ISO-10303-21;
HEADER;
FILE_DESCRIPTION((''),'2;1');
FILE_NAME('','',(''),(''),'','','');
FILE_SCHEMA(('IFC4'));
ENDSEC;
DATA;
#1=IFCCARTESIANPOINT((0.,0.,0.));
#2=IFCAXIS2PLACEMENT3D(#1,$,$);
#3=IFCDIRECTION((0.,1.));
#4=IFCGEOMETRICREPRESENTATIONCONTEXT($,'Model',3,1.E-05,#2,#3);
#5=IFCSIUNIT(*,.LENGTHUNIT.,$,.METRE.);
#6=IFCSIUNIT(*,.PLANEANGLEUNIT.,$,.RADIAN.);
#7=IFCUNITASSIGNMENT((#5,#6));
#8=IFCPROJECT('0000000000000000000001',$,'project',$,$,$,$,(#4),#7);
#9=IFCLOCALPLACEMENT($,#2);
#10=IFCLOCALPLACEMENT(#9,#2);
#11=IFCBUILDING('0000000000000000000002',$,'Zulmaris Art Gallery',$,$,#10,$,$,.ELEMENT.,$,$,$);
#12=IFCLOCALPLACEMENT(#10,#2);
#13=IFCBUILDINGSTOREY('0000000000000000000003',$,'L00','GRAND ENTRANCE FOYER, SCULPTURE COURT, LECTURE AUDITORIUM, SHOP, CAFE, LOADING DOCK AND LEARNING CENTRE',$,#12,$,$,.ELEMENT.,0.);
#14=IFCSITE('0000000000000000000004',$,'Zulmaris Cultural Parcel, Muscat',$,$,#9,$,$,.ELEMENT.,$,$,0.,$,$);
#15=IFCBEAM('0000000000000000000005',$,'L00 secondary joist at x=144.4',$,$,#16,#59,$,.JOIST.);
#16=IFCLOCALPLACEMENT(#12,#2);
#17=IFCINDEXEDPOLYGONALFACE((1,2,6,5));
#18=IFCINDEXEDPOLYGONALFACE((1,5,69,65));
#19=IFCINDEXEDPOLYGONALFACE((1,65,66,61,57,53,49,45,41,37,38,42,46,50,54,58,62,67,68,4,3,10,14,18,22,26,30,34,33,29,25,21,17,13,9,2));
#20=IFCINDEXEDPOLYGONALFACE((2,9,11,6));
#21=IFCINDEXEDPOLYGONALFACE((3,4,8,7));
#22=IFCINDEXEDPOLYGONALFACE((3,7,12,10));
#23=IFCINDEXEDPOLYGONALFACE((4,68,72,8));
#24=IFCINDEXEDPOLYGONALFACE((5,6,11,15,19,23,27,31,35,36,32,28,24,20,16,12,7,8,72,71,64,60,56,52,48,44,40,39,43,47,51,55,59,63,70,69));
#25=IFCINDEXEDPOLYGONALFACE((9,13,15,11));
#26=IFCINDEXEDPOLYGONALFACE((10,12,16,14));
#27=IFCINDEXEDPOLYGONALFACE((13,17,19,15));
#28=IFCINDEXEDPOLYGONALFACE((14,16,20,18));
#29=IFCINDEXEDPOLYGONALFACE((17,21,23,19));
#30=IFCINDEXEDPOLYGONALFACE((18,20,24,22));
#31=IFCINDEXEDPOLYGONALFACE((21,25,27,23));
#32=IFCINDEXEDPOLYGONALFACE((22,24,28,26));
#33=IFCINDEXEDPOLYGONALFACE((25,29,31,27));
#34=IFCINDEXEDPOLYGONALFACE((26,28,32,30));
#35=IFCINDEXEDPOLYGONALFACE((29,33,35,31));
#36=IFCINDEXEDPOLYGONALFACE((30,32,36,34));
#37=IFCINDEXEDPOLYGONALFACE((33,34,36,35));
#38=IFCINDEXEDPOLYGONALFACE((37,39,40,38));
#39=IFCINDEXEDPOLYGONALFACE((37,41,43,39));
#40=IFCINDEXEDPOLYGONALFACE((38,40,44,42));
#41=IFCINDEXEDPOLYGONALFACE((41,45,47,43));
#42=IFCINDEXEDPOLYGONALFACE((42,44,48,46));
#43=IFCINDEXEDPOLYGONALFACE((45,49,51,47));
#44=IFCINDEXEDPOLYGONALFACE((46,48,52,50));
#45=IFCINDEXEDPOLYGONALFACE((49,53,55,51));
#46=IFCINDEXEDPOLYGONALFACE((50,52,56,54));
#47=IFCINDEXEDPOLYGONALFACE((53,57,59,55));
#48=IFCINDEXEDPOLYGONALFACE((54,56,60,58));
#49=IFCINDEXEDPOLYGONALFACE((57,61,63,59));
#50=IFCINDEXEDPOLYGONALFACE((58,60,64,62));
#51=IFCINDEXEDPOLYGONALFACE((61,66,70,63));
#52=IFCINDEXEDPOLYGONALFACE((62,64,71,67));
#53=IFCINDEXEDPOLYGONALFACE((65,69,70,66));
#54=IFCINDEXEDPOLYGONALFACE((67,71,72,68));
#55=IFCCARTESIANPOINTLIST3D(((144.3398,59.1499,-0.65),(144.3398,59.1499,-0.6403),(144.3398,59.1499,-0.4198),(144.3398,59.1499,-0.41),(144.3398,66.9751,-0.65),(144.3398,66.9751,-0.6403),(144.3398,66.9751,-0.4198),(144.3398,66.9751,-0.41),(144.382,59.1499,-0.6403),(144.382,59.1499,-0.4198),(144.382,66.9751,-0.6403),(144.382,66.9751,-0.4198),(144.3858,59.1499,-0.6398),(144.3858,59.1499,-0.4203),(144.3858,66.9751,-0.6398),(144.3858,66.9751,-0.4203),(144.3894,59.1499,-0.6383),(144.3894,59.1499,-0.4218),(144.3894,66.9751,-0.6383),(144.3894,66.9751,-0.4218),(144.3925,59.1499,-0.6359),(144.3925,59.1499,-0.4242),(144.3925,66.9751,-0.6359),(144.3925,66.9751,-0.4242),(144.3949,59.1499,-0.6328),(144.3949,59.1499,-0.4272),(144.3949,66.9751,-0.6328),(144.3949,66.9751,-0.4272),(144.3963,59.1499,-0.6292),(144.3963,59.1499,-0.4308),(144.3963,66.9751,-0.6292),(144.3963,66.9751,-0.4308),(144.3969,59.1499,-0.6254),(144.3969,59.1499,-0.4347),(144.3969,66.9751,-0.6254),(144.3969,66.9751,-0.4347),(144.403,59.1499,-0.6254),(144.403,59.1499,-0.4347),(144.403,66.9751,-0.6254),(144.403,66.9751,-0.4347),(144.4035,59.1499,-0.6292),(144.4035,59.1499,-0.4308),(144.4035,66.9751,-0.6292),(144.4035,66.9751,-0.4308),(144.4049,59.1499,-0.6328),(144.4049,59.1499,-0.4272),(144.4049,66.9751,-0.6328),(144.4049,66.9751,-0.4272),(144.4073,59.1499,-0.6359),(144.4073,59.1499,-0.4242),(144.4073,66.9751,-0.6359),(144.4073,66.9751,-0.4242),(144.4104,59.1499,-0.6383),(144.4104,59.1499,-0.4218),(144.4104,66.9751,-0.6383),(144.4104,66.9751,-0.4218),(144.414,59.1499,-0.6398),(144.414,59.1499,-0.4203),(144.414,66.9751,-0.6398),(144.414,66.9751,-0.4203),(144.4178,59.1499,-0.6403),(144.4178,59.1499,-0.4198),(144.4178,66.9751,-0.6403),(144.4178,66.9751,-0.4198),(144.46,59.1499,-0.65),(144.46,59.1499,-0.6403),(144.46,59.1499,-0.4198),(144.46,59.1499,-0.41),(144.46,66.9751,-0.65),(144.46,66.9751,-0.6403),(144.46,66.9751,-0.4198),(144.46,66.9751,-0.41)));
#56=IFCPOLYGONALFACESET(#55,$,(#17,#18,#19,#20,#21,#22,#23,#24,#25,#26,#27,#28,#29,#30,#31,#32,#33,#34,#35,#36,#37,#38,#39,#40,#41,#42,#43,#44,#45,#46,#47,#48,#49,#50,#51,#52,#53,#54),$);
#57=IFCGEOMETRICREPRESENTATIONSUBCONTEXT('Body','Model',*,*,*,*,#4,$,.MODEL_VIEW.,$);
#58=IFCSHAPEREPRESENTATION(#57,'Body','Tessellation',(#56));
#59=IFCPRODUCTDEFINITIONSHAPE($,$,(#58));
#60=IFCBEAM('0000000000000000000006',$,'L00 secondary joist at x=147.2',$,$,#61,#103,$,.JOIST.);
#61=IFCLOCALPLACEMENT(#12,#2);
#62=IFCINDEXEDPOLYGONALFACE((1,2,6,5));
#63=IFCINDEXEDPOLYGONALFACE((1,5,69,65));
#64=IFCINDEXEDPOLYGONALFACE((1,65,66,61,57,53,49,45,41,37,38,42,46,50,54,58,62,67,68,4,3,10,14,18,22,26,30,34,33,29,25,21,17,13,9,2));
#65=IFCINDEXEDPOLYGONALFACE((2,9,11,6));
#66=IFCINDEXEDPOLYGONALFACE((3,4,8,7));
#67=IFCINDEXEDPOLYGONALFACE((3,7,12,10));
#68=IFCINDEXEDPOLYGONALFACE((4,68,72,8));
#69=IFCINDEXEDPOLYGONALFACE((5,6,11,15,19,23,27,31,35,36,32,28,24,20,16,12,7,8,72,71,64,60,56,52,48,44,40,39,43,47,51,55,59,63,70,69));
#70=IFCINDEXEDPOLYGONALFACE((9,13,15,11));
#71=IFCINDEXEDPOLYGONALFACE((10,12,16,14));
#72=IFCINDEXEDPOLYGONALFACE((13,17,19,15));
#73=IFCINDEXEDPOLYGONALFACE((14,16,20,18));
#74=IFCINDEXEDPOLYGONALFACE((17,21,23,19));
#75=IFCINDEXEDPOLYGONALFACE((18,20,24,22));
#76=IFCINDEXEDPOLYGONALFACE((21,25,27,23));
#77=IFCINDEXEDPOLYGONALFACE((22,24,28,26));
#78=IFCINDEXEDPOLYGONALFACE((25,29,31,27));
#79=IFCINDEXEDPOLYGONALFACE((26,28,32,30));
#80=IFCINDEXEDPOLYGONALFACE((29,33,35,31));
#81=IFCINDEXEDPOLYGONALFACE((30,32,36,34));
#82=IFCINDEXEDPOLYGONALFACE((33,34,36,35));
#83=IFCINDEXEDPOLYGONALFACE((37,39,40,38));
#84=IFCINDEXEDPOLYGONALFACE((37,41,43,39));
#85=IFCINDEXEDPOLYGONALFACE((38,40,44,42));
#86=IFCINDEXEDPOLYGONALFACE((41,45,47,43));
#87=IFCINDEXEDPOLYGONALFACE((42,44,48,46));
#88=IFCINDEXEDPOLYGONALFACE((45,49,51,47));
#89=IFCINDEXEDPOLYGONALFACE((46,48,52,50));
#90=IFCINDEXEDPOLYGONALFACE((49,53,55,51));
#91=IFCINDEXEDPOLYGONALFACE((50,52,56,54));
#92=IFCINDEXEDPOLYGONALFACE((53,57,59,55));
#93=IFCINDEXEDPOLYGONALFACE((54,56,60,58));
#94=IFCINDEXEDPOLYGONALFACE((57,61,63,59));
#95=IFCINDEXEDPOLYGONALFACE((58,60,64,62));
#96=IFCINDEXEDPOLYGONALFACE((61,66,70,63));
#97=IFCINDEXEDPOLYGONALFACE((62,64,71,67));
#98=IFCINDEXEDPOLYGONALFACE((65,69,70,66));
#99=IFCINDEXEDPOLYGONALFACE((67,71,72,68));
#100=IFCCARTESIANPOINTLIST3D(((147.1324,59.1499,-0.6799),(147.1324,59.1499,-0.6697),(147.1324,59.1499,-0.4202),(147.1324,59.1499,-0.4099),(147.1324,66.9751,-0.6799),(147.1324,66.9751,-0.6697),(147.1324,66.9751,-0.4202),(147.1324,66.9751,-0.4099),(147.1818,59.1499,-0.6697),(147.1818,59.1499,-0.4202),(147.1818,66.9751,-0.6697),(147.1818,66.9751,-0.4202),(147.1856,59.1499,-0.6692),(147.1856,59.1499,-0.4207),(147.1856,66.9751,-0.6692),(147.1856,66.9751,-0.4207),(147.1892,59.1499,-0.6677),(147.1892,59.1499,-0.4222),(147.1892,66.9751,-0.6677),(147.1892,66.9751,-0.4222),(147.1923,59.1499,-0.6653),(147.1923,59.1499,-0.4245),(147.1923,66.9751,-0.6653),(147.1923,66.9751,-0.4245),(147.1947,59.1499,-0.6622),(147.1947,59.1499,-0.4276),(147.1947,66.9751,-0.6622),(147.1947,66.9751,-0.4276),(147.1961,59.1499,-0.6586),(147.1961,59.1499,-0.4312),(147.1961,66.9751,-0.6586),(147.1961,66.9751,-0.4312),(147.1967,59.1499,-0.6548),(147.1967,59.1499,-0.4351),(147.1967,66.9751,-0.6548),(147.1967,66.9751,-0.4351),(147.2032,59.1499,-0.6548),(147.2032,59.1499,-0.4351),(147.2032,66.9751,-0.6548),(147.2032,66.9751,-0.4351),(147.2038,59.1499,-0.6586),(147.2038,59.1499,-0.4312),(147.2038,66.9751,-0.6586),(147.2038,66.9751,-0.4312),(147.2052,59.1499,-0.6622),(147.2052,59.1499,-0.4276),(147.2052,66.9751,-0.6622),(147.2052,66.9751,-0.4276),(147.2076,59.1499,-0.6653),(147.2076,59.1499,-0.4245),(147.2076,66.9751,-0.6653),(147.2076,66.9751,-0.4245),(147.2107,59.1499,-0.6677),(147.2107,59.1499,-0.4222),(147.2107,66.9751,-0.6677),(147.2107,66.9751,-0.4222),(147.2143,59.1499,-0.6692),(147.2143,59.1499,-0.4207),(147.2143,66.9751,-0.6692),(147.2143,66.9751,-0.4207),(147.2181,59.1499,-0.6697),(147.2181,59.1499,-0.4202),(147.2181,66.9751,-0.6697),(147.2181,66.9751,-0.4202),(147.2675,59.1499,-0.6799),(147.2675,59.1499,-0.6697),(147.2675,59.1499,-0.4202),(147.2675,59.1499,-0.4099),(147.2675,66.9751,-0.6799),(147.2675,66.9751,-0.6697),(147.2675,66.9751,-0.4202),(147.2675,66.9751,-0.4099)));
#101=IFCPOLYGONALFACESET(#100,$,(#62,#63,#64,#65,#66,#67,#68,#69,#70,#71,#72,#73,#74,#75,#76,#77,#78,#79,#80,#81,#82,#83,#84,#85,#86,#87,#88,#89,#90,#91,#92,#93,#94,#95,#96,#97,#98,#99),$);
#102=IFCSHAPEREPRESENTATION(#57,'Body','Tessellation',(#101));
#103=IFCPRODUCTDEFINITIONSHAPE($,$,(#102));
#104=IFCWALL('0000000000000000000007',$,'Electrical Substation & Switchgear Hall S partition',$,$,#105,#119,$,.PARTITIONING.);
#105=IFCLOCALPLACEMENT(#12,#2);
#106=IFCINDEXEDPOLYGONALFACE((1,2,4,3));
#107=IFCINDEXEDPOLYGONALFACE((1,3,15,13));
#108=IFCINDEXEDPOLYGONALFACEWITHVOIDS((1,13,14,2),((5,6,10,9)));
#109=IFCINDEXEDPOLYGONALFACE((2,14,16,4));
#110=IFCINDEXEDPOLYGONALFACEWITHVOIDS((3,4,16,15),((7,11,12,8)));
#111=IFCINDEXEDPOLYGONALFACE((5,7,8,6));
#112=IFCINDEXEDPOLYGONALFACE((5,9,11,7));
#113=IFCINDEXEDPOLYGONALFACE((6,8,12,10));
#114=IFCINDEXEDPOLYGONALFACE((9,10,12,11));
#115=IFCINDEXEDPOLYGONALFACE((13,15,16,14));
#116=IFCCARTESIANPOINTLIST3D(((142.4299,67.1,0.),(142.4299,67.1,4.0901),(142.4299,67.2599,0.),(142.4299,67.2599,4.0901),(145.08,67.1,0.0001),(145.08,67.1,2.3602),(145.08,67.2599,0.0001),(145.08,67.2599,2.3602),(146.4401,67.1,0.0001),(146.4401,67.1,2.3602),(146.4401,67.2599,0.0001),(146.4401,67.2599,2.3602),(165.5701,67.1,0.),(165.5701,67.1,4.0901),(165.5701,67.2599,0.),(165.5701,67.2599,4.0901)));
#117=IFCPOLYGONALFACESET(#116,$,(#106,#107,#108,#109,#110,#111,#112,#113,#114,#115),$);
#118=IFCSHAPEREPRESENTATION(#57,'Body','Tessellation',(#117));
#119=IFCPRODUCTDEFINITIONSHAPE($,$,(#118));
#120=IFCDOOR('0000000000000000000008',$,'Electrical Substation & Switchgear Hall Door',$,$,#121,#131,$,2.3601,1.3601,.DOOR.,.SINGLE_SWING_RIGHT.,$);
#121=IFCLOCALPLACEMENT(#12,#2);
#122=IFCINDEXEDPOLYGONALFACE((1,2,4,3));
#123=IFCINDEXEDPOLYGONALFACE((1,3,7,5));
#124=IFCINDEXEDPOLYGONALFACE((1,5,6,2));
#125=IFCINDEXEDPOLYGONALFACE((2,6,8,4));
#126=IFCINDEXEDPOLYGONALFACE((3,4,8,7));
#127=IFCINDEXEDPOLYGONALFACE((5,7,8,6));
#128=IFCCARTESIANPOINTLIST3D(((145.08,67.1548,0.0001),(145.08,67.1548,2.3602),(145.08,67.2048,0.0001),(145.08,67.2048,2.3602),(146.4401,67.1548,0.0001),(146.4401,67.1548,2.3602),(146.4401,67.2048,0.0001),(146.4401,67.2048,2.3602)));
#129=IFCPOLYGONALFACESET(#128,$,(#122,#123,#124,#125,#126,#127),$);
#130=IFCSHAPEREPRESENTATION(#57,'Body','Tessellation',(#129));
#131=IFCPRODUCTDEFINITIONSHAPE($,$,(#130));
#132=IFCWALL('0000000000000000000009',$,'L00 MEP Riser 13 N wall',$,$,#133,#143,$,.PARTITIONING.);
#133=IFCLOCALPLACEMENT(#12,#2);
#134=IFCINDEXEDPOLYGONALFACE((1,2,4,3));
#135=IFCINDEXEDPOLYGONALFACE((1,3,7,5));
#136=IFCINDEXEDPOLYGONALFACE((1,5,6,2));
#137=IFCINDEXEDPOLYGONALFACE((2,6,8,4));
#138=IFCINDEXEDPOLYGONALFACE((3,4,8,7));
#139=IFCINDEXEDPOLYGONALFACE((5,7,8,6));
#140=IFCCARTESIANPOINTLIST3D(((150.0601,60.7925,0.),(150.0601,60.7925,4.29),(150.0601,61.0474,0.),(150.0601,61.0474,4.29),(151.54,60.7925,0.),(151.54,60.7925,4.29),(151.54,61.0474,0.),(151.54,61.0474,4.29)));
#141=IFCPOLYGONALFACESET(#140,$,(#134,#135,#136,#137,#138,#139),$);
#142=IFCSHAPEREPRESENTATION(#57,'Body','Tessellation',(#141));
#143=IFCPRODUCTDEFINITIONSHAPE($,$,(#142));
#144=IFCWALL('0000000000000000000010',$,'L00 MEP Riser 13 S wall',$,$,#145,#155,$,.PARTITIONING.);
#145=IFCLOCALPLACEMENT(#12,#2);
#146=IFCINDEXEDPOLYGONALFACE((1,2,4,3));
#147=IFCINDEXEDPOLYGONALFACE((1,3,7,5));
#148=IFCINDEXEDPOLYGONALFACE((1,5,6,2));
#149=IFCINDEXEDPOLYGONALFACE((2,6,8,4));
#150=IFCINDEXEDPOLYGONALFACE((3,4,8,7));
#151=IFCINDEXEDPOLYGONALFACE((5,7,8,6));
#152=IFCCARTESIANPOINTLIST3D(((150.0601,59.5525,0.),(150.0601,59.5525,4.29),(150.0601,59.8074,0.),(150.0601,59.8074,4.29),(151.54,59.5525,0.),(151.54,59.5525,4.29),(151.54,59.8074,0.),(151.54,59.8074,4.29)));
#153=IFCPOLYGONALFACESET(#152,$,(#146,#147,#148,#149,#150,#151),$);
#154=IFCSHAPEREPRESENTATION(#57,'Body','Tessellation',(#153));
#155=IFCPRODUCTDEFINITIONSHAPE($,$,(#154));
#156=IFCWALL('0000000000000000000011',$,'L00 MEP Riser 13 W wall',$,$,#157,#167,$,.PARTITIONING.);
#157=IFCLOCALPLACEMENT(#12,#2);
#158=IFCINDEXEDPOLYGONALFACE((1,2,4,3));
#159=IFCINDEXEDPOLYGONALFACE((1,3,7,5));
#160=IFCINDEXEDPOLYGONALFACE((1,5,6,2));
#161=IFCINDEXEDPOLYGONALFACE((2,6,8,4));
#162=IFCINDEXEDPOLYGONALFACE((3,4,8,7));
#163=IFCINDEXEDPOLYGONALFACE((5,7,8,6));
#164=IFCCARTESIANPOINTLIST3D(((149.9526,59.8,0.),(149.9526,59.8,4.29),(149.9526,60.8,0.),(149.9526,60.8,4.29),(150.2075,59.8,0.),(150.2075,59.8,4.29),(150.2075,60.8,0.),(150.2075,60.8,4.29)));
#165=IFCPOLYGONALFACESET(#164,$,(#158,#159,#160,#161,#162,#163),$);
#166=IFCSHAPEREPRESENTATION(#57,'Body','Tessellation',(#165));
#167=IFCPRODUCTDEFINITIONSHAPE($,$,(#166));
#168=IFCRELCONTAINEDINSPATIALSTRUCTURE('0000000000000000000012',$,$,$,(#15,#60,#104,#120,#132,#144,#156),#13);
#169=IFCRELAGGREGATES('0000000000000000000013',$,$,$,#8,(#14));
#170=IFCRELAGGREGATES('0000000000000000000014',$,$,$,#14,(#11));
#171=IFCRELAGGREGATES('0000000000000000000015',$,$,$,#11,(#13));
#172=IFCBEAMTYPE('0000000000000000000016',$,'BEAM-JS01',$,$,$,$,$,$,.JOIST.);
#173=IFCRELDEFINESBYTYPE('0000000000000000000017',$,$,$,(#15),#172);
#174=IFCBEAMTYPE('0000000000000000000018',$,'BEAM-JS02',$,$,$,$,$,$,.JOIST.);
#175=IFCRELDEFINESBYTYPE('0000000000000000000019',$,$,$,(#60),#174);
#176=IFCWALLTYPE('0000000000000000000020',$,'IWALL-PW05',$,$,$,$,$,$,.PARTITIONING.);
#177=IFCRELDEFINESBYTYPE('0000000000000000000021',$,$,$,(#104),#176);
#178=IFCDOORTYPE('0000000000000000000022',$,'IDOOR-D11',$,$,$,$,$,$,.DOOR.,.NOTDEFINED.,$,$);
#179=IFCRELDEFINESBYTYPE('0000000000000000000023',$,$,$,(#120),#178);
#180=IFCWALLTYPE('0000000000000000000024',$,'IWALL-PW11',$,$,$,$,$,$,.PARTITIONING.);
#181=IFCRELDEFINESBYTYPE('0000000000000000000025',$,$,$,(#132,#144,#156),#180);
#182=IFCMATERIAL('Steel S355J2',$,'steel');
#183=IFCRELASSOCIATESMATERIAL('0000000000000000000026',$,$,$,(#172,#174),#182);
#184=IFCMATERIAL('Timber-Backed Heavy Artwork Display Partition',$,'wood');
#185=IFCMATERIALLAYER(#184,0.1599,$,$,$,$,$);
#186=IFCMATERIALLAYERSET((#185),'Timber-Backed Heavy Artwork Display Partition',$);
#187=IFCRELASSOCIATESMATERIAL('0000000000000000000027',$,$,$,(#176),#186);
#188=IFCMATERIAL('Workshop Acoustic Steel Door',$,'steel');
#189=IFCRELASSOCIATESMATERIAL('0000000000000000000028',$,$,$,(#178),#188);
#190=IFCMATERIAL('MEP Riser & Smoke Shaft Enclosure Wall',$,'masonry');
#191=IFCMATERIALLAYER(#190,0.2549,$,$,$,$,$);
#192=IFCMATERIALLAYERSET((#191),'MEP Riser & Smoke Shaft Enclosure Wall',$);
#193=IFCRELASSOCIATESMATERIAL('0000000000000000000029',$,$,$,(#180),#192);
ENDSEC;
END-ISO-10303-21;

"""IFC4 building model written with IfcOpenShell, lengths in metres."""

from ifc_helpers import new_model, si_unit, direction, frame, frame_2d, origin, origin_2d, place, context, subcontext, project, spatial, rectangle, i_section, extrude, material, layer, layer_set, material_profile, profile_set, type_object, element, fill, save


model = new_model("IFC4")

# Units and contexts
model_context = context("Model", 3, precision=1e-05, world=origin(), true_north=direction((0.0, 1.0)))
body_context = subcontext(model_context, "Body", "Model", "MODEL_VIEW")
ifc_project = project(units=[si_unit("LENGTHUNIT", "METRE"), si_unit("PLANEANGLEUNIT", "RADIAN")], contexts=[model_context])

# Site, building, storey
site_placement = place(None, origin())
site = spatial("IfcSite", under=ifc_project, at=site_placement, Name="Zulmaris Cultural Parcel, Muscat", CompositionType="ELEMENT", RefElevation=0.0)
building_placement = place(site_placement, origin())
building = spatial("IfcBuilding", under=site, at=building_placement, Name="Zulmaris Art Gallery", CompositionType="ELEMENT")
storey_placement = place(building_placement, origin())
storey = spatial("IfcBuildingStorey", under=building, at=storey_placement, Name="L00", Description="GRAND ENTRANCE FOYER, SCULPTURE COURT, LECTURE AUDITORIUM, SHOP, CAFE, LOADING DOCK AND LEARNING CENTRE", CompositionType="ELEMENT", Elevation=0.0)

# Beams
ifc_material_1 = material(Name="Steel S355J2", Category="steel")
ifc_material_profile_1 = material_profile(ifc_material_1, i_section(OverallWidth=0.1201, OverallDepth=0.24, WebThickness=0.0061, FlangeThickness=0.0098, FilletRadius=0.0149, at=origin_2d()), Name="IPE 240")
ifc_profile_set_1 = profile_set([ifc_material_profile_1], Name="Steel S355J2")
beam_type_1 = type_object("IfcBeamType", Name="BEAM-JS01", PredefinedType="JOIST", material=ifc_profile_set_1)
beam_1_placement = place(storey_placement, frame((144.3999, 59.1499, -0.53), z_axis=(0.0, 1.0, 0.0), x_axis=(-1.0, 0.0, 0.0)))
element("IfcBeam", 1, at=beam_1_placement, inside=storey, type_object=beam_type_1, Name="L00 secondary joist at x=144.4", PredefinedType="JOIST", context=body_context, shape_type="SweptSolid", body=[
    extrude(i_section(OverallWidth=0.1201, OverallDepth=0.24, WebThickness=0.0061, FlangeThickness=0.0098, FilletRadius=0.0149, at=origin_2d()), origin(), (0.0, 0.0, 1.0), 7.8252),
])
ifc_material_profile_2 = material_profile(ifc_material_1, i_section(OverallWidth=0.135, OverallDepth=0.27, WebThickness=0.0066, FlangeThickness=0.0103, FilletRadius=0.0149, at=origin_2d()), Name="IPE 270")
ifc_profile_set_2 = profile_set([ifc_material_profile_2], Name="Steel S355J2")
beam_type_2 = type_object("IfcBeamType", Name="BEAM-JS02", PredefinedType="JOIST", material=ifc_profile_set_2)
beam_2_placement = place(storey_placement, frame((147.2, 59.1499, -0.5449), z_axis=(0.0, 1.0, 0.0), x_axis=(-1.0, 0.0, 0.0)))
element("IfcBeam", 2, at=beam_2_placement, inside=storey, type_object=beam_type_2, Name="L00 secondary joist at x=147.2", PredefinedType="JOIST", context=body_context, shape_type="SweptSolid", body=[
    extrude(i_section(OverallWidth=0.135, OverallDepth=0.27, WebThickness=0.0066, FlangeThickness=0.0103, FilletRadius=0.0149, at=origin_2d()), origin(), (0.0, 0.0, 1.0), 7.8252),
])

# Wall, opening, door
ifc_material_2 = material(Name="Timber-Backed Heavy Artwork Display Partition", Category="wood")
ifc_layer_1 = layer(ifc_material_2, 0.1599)
ifc_layer_set_1 = layer_set([ifc_layer_1], Name="Timber-Backed Heavy Artwork Display Partition")
wall_type_1 = type_object("IfcWallType", Name="IWALL-PW05", PredefinedType="PARTITIONING", material=ifc_layer_set_1)
wall_1_placement = place(storey_placement, frame((142.4299, 67.1799, 0.0), z_axis=(0.0, 0.0, 1.0), x_axis=(1.0, 0.0, 0.0)))
wall_1 = element("IfcWall", 3, at=wall_1_placement, inside=storey, type_object=wall_type_1, Name="Electrical Substation & Switchgear Hall S partition", PredefinedType="PARTITIONING", context=body_context, shape_type="SweptSolid", body=[
    extrude(rectangle(XDim=23.1401, YDim=0.1599, at=frame_2d((11.5701, 0.0))), origin(), (0.0, 0.0, 1.0), 4.0901),
])
opening_placement = place(wall_1_placement, frame((2.6499, 0.0, 0.0)))
opening = element("IfcOpeningElement", 4, at=opening_placement, cuts=wall_1, PredefinedType="OPENING", context=body_context, shape_type="SweptSolid", body=[
    extrude(rectangle(XDim=1.3601, YDim=2.3601, at=frame_2d((0.6802, 1.1802))), frame((0.0, 0.0898, 0.0), z_axis=(0.0, -1.0, 0.0), x_axis=(1.0, 0.0, 0.0)), (0.0, 0.0, 1.0), 0.1799),
])
ifc_material_3 = material(Name="Workshop Acoustic Steel Door", Category="steel")
door_type = type_object("IfcDoorType", Name="IDOOR-D11", OperationType="NOTDEFINED", PredefinedType="DOOR", material=ifc_material_3)
door_placement = place(opening_placement, origin())
door = element("IfcDoor", 5, at=door_placement, inside=storey, type_object=door_type, Name="Electrical Substation & Switchgear Hall Door", OperationType="SINGLE_SWING_RIGHT", OverallHeight=2.3601, OverallWidth=1.3601, PredefinedType="DOOR", context=body_context, shape_type="SweptSolid", body=[
    extrude(rectangle(XDim=1.3601, YDim=2.3601, at=frame_2d((0.6802, 1.1802))), frame((0.0, 0.0249, 0.0), z_axis=(0.0, -1.0, 0.0), x_axis=(1.0, 0.0, 0.0)), (0.0, 0.0, 1.0), 0.05),
])
fill(opening, door)

# Walls
ifc_material_4 = material(Name="MEP Riser & Smoke Shaft Enclosure Wall", Category="masonry")
ifc_layer_2 = layer(ifc_material_4, 0.2549)
ifc_layer_set_2 = layer_set([ifc_layer_2], Name="MEP Riser & Smoke Shaft Enclosure Wall")
wall_type_2 = type_object("IfcWallType", Name="IWALL-PW11", PredefinedType="PARTITIONING", material=ifc_layer_set_2)
for number, where, z_axis, x_axis, name in (
    (6, (150.0601, 60.9199, 0.0), (0.0, 0.0, 1.0), (1.0, 0.0, 0.0), "L00 MEP Riser 13 N wall"),
    (7, (150.0601, 59.6799, 0.0), (0.0, 0.0, 1.0), (1.0, 0.0, 0.0), "L00 MEP Riser 13 S wall"),
):
    element("IfcWall", number, at=place(storey_placement, frame(where, z_axis=z_axis, x_axis=x_axis)), inside=storey, type_object=wall_type_2, Name=name, PredefinedType="PARTITIONING", context=body_context, shape_type="SweptSolid", body=[
        extrude(rectangle(XDim=1.48, YDim=0.2549, at=frame_2d((0.74, 0.0))), origin(), (0.0, 0.0, 1.0), 4.29),
    ])
wall_2_placement = place(storey_placement, frame((150.0801, 59.8, 0.0), z_axis=(0.0, 0.0, 1.0), x_axis=(0.0, 1.0, 0.0)))
element("IfcWall", 8, at=wall_2_placement, inside=storey, type_object=wall_type_2, Name="L00 MEP Riser 13 W wall", PredefinedType="PARTITIONING", context=body_context, shape_type="SweptSolid", body=[
    extrude(rectangle(XDim=1.0, YDim=0.2549, at=frame_2d((0.5, 0.0))), origin(), (0.0, 0.0, 1.0), 4.29),
])

save(model, "model.ifc")
